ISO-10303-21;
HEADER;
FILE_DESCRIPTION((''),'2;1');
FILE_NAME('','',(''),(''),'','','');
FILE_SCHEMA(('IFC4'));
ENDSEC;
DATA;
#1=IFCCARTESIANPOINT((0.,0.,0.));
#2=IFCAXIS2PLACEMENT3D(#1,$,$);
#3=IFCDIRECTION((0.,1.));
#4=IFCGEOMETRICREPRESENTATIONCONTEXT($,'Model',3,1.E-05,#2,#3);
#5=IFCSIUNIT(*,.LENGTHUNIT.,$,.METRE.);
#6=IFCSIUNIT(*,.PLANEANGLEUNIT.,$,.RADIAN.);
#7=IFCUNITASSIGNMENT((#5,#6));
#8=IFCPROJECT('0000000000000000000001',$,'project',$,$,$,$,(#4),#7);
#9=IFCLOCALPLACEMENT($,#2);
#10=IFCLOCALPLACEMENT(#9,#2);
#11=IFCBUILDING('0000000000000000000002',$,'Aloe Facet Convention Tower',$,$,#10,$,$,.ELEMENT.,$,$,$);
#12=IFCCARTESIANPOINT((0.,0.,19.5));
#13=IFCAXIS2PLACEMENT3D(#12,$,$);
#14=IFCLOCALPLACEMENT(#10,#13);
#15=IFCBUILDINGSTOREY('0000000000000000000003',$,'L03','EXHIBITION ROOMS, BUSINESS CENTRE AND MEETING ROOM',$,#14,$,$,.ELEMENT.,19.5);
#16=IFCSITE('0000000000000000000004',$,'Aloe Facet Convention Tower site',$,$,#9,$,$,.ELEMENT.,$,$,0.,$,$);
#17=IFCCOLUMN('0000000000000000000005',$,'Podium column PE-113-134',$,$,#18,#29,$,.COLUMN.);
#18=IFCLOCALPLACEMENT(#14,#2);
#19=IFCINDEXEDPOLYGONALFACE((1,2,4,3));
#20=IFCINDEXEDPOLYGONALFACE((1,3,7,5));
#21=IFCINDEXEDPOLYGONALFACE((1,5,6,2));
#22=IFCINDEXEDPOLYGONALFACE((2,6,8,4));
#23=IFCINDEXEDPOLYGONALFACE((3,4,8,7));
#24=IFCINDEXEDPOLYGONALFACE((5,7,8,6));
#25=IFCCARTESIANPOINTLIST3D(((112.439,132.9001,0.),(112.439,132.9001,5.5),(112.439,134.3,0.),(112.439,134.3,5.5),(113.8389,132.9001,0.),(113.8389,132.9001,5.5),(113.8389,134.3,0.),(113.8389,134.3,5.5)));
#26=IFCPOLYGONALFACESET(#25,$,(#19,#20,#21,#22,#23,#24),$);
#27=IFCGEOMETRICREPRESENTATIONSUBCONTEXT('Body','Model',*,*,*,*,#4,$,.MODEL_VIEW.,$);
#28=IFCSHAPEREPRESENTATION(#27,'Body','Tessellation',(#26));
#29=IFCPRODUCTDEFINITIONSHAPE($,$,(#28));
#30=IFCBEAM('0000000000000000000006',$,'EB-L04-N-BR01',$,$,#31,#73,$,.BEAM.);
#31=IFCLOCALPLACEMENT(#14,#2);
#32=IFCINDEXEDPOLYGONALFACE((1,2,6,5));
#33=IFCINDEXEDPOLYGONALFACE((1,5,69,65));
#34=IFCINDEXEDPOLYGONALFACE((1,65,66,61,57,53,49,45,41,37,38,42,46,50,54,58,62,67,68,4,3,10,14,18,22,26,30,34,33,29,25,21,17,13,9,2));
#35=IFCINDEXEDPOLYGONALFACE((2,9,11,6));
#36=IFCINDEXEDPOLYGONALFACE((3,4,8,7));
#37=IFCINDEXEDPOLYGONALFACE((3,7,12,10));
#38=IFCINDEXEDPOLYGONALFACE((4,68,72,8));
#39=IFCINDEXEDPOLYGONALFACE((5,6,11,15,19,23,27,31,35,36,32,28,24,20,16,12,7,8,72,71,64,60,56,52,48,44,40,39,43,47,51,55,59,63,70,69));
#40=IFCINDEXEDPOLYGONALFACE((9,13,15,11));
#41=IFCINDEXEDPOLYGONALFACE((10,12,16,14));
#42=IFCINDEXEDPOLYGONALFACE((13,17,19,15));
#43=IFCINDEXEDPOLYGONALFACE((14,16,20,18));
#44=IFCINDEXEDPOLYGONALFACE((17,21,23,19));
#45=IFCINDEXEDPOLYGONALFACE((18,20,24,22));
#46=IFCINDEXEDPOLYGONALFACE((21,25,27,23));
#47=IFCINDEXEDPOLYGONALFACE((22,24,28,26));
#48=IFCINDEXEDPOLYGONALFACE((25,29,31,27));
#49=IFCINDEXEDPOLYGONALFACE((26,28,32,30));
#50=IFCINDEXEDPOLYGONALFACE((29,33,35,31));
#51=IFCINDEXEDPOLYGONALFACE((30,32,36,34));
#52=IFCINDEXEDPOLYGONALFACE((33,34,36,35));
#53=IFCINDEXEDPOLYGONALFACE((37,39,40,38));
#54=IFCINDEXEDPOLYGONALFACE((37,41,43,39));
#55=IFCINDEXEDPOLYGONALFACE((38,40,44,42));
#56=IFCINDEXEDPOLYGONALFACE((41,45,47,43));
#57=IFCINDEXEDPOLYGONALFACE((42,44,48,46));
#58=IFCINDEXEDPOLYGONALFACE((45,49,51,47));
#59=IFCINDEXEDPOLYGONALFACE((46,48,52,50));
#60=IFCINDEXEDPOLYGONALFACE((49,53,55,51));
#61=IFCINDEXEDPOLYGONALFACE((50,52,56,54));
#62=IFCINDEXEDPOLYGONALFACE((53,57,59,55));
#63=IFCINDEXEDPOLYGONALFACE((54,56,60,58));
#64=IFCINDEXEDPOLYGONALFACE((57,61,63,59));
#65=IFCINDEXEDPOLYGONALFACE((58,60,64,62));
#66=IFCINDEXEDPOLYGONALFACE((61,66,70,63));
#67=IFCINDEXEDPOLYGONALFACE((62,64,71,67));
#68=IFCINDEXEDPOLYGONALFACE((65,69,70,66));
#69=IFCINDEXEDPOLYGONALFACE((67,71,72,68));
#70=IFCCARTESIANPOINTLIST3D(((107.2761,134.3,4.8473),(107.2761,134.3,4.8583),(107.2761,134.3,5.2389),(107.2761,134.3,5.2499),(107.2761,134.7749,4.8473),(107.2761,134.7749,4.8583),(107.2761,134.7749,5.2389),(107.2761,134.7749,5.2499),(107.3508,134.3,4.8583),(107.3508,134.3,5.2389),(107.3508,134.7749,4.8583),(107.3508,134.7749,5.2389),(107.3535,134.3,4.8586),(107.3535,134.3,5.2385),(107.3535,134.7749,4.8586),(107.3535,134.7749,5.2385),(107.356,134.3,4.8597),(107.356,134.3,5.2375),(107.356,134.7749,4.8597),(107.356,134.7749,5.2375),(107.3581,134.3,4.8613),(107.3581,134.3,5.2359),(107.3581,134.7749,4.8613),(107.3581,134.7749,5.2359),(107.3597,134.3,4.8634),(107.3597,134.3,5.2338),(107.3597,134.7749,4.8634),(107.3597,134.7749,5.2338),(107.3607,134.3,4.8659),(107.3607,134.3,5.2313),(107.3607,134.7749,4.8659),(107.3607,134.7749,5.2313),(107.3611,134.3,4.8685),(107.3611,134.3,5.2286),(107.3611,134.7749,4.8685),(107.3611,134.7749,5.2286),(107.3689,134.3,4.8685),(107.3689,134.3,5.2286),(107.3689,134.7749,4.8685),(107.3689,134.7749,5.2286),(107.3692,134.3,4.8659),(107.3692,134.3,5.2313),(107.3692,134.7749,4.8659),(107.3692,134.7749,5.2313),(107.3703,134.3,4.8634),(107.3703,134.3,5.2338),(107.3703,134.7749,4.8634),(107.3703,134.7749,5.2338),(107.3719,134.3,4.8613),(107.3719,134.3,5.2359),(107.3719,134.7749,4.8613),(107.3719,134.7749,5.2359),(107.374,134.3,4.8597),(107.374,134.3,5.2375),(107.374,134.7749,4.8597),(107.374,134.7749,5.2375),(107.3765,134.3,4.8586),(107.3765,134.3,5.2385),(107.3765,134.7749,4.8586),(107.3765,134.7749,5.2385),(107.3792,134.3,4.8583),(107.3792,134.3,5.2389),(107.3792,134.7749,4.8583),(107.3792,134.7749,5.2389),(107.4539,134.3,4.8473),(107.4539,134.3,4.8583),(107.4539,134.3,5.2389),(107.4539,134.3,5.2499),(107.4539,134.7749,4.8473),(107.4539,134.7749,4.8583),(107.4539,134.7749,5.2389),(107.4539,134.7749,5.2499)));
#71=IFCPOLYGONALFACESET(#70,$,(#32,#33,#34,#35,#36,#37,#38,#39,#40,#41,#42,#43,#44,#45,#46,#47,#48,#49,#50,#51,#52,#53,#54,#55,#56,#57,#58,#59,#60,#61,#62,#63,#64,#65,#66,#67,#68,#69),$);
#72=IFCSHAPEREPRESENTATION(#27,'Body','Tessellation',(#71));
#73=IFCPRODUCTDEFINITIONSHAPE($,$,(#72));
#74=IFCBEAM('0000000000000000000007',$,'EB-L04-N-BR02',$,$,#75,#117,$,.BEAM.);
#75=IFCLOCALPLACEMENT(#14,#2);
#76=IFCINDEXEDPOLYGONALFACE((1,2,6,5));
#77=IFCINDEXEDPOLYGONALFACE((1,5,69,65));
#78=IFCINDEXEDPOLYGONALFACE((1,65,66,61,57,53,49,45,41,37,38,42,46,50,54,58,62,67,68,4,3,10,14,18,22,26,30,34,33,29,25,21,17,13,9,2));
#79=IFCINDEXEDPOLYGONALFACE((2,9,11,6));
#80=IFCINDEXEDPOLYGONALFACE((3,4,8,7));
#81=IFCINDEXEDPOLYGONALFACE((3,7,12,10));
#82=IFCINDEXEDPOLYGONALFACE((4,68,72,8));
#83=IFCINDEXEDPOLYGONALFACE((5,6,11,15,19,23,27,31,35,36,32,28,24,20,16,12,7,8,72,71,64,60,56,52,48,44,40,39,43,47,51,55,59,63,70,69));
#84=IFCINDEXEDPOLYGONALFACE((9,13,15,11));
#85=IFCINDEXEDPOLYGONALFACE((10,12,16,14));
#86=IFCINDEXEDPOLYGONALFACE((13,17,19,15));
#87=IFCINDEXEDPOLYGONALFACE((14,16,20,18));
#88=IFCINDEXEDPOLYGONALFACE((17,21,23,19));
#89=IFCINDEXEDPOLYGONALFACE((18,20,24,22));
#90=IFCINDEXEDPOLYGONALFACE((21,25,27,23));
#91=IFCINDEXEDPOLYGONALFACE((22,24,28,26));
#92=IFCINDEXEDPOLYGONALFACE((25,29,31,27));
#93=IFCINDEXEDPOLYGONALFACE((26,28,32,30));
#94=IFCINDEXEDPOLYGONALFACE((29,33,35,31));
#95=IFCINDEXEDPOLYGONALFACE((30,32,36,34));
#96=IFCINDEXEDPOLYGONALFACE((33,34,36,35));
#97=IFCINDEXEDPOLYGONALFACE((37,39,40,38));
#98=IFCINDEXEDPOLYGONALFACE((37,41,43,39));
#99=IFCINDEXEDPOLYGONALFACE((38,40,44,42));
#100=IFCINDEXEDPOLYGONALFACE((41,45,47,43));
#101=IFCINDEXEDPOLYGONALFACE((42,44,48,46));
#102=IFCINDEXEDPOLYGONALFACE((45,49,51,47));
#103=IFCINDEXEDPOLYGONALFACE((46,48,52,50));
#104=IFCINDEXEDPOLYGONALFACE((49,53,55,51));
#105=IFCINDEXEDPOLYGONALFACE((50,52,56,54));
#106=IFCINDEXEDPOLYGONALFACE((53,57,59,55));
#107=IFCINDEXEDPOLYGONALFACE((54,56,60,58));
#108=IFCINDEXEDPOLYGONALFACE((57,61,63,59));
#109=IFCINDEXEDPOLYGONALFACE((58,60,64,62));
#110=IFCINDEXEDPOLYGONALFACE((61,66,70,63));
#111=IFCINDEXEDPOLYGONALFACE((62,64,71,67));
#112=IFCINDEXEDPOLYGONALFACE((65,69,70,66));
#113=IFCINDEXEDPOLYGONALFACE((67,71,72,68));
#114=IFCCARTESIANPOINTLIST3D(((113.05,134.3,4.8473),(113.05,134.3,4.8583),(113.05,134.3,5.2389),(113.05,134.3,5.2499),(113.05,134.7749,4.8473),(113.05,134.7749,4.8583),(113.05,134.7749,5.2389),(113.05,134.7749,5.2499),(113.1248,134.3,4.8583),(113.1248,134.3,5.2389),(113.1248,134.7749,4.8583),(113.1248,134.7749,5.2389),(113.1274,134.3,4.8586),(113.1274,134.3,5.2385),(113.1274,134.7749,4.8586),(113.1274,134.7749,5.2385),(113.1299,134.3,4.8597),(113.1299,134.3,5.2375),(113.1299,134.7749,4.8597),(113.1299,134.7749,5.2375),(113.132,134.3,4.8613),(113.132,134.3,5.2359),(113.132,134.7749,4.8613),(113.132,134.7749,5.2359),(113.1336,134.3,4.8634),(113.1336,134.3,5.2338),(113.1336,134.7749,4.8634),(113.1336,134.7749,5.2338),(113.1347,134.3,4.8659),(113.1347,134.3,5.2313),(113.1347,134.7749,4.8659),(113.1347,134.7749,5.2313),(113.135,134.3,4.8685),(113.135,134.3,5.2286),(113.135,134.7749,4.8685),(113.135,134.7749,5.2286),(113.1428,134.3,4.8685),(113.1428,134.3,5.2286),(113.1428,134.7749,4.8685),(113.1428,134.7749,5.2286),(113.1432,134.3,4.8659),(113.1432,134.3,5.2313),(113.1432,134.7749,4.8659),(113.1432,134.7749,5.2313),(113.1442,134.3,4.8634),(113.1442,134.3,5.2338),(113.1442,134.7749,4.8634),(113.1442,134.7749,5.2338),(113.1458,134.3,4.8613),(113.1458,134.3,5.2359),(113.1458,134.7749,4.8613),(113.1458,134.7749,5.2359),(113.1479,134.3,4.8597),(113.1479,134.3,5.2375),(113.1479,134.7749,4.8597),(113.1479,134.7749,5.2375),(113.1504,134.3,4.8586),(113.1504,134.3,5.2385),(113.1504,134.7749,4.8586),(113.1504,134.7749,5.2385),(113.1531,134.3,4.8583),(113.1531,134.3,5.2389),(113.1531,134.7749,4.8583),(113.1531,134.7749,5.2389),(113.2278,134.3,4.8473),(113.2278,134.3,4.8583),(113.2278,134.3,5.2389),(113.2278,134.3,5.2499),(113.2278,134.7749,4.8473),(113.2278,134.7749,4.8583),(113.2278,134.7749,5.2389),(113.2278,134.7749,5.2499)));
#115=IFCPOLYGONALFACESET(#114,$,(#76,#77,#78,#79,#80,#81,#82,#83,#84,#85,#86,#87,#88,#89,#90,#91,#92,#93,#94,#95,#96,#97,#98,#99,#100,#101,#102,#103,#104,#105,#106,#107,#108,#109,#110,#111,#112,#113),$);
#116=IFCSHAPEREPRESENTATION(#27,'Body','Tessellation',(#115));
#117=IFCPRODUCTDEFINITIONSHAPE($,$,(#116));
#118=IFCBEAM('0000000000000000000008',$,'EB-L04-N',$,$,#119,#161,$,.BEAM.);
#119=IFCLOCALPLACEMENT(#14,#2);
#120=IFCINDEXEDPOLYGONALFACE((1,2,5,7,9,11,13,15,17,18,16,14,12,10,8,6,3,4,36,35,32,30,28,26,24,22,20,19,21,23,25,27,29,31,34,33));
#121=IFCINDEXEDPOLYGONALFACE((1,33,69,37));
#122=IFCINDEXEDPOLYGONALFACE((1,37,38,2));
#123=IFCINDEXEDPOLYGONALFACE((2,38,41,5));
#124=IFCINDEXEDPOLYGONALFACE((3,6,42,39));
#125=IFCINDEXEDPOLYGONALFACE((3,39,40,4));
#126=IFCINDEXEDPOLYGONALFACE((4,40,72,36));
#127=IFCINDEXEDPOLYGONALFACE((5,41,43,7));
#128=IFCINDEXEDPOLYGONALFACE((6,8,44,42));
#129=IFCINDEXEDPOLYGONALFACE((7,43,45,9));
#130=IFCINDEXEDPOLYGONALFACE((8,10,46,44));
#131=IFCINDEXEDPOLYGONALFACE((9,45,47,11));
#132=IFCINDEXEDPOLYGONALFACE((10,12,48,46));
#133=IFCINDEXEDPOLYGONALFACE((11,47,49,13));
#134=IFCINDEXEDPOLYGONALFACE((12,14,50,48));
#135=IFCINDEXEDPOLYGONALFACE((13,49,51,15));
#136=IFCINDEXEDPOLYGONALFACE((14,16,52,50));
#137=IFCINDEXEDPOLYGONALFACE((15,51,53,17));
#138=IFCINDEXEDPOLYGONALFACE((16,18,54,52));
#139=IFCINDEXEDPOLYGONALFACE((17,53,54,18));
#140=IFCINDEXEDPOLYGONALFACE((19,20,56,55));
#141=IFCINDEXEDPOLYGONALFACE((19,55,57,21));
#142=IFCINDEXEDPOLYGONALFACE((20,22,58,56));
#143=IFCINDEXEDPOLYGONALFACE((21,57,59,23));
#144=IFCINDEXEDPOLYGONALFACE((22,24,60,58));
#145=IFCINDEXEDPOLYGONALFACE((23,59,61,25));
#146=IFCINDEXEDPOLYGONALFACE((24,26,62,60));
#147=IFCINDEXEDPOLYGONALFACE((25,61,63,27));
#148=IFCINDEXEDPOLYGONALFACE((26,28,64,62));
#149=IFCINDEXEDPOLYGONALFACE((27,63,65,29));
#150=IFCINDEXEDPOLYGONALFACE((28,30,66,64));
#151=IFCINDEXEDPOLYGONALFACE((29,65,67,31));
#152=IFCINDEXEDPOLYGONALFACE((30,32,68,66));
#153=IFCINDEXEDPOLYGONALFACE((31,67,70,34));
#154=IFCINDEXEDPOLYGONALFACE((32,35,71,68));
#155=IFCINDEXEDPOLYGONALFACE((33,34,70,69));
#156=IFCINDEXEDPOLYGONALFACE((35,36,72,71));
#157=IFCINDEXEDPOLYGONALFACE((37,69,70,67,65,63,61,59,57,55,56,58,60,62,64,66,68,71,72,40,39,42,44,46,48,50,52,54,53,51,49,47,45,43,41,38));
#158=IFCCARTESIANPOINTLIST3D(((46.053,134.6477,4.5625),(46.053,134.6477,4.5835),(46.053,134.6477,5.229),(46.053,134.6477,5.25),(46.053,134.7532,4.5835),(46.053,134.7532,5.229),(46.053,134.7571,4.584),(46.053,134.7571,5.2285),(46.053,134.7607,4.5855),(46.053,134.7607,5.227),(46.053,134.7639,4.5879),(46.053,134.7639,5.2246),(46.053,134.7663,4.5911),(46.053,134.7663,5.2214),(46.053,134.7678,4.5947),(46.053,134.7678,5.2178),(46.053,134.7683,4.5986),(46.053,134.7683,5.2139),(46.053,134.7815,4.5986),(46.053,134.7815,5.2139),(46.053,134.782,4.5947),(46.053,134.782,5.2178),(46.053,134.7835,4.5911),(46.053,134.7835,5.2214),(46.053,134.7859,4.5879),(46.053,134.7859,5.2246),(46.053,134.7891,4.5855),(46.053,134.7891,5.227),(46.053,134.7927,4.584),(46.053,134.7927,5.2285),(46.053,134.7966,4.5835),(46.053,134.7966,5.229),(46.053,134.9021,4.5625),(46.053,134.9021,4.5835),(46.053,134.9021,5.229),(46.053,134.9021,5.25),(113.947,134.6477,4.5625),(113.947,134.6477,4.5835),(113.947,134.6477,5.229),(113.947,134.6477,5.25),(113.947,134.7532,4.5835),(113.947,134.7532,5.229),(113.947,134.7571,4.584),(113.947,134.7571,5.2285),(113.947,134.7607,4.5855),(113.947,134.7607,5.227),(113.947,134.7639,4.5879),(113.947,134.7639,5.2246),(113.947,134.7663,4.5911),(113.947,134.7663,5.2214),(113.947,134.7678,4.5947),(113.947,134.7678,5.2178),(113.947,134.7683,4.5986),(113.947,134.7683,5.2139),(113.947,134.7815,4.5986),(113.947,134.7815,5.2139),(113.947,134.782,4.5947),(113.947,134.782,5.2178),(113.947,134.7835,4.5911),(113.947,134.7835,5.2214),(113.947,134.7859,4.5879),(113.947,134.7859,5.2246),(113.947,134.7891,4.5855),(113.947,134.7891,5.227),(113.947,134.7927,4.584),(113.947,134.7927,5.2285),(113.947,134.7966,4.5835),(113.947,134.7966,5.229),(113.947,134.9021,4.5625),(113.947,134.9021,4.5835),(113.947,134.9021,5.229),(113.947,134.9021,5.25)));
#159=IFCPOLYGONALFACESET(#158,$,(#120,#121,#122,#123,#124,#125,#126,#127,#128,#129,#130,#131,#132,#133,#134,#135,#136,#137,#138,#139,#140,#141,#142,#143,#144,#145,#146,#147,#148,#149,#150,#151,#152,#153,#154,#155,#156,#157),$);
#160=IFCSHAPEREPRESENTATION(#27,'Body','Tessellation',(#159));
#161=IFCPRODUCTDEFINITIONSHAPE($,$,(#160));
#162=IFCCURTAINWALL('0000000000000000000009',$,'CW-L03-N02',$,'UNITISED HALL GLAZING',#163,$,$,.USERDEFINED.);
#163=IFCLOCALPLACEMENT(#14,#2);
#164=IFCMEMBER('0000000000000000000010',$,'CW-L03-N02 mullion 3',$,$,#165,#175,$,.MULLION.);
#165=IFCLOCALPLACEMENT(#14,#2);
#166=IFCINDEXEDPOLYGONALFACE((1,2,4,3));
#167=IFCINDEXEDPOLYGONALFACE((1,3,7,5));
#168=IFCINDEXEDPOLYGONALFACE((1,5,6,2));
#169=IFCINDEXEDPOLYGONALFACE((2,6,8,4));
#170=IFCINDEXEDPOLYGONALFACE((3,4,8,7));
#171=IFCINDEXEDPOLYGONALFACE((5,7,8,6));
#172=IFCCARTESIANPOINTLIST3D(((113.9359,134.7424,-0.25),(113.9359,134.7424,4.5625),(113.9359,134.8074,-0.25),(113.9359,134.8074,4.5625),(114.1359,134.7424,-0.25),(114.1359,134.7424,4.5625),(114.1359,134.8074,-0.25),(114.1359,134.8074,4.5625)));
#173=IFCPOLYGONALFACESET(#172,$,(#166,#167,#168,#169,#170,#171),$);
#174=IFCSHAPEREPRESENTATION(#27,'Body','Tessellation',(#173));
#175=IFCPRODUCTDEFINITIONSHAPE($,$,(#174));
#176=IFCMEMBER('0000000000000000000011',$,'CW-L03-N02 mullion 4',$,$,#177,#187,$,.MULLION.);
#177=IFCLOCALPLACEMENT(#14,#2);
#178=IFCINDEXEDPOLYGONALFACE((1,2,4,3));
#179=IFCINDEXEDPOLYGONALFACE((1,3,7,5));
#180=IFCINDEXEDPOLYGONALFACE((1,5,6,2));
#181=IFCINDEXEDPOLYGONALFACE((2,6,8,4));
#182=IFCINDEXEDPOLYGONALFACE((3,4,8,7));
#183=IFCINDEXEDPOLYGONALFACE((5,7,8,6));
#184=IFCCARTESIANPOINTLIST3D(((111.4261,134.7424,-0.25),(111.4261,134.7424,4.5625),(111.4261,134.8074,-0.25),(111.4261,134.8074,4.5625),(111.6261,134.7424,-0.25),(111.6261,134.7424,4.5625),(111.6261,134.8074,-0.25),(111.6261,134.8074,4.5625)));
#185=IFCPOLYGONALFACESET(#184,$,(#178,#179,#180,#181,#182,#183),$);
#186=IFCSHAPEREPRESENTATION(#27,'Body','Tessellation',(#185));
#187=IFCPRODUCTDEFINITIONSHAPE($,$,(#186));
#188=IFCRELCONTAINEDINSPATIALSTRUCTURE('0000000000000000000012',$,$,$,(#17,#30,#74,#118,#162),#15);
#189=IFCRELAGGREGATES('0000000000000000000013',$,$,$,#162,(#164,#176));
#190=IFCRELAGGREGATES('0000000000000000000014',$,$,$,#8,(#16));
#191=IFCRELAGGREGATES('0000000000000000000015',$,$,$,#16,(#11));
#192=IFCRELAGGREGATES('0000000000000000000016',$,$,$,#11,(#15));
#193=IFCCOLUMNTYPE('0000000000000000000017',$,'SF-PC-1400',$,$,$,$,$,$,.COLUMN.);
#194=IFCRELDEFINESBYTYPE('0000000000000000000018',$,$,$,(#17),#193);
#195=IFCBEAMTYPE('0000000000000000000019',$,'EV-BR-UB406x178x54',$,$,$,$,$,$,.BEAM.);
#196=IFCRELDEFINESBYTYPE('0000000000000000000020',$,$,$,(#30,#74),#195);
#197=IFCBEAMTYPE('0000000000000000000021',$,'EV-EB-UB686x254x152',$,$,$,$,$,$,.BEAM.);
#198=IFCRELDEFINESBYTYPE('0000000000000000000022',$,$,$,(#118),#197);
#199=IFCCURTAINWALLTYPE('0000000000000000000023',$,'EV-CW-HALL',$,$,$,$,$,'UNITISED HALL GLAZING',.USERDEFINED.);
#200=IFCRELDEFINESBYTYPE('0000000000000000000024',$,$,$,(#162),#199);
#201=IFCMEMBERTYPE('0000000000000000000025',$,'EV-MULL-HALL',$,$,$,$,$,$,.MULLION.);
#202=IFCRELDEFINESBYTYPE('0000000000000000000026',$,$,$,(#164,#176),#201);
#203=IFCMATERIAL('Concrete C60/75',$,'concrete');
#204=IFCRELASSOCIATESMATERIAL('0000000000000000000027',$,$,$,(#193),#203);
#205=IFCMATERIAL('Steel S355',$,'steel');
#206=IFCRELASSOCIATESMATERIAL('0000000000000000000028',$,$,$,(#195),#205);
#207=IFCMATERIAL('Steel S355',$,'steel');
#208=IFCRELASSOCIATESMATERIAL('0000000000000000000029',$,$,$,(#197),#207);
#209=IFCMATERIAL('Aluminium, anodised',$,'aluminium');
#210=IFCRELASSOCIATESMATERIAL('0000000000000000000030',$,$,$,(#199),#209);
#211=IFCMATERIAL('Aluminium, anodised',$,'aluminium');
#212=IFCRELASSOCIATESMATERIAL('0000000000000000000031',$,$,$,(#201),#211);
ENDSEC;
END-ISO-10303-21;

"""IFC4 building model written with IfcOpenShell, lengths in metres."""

from ifc_helpers import new_model, si_unit, direction, frame, origin, origin_2d, place, context, subcontext, project, spatial, rectangle, i_section, extrude, material, material_profile, profile_set, type_object, element, aggregate, save


model = new_model("IFC4")

# Units and contexts
model_context = context("Model", 3, precision=1e-05, world=origin(), true_north=direction((0.0, 1.0)))
body_context = subcontext(model_context, "Body", "Model", "MODEL_VIEW")
ifc_project = project(units=[si_unit("LENGTHUNIT", "METRE"), si_unit("PLANEANGLEUNIT", "RADIAN")], contexts=[model_context])

# Site, building, storey
site_placement = place(None, origin())
site = spatial("IfcSite", under=ifc_project, at=site_placement, Name="Aloe Facet Convention Tower site", CompositionType="ELEMENT", RefElevation=0.0)
building_placement = place(site_placement, origin())
building = spatial("IfcBuilding", under=site, at=building_placement, Name="Aloe Facet Convention Tower", CompositionType="ELEMENT")
storey_placement = place(building_placement, frame((0.0, 0.0, 19.5)))
storey = spatial("IfcBuildingStorey", under=building, at=storey_placement, Name="L03", Description="EXHIBITION ROOMS, BUSINESS CENTRE AND MEETING ROOM", CompositionType="ELEMENT", Elevation=19.5)

# Column
ifc_material_1 = material(Name="Concrete C60/75", Category="concrete")
ifc_material_profile_1 = material_profile(ifc_material_1, rectangle(XDim=1.3999, YDim=1.3999, at=origin_2d()), Name="SF-PC-1400")
ifc_profile_set_1 = profile_set([ifc_material_profile_1], Name="Concrete C60/75")
column_type = type_object("IfcColumnType", Name="SF-PC-1400", PredefinedType="COLUMN", material=ifc_profile_set_1)
column_placement = place(storey_placement, frame((113.1389, 133.6001, 0.0), z_axis=(0.0, 0.0, 1.0), x_axis=(1.0, 0.0, 0.0)))
element("IfcColumn", 1, at=column_placement, inside=storey, type_object=column_type, Name="Podium column PE-113-134", PredefinedType="COLUMN", context=body_context, shape_type="SweptSolid", body=[
    extrude(rectangle(XDim=1.3999, YDim=1.3999, at=origin_2d()), origin(), (0.0, 0.0, 1.0), 5.5),
])

# Beams
ifc_material_2 = material(Name="Steel S355", Category="steel")
ifc_material_profile_2 = material_profile(ifc_material_2, i_section(OverallWidth=0.1777, OverallDepth=0.4026, WebThickness=0.0078, FlangeThickness=0.011, FilletRadius=0.0103, at=origin_2d()), Name="UB 406x178x54")
ifc_profile_set_2 = profile_set([ifc_material_profile_2], Name="Steel S355")
beam_type_1 = type_object("IfcBeamType", Name="EV-BR-UB406x178x54", PredefinedType="BEAM", material=ifc_profile_set_2)
for number, where, z_axis, x_axis, name in (
    (2, (107.365, 134.3, 5.0486), (0.0, 1.0, 0.0), (-1.0, 0.0, 0.0), "EB-L04-N-BR01"),
    (3, (113.1389, 134.3, 5.0486), (0.0, 1.0, 0.0), (-1.0, 0.0, 0.0), "EB-L04-N-BR02"),
):
    element("IfcBeam", number, at=place(storey_placement, frame(where, z_axis=z_axis, x_axis=x_axis)), inside=storey, type_object=beam_type_1, Name=name, PredefinedType="BEAM", context=body_context, shape_type="SweptSolid", body=[
        extrude(i_section(OverallWidth=0.1777, OverallDepth=0.4026, WebThickness=0.0078, FlangeThickness=0.011, FilletRadius=0.0103, at=origin_2d()), origin(), (0.0, 0.0, 1.0), 0.4749),
    ])
ifc_material_3 = material(Name="Steel S355", Category="steel")
ifc_material_profile_3 = material_profile(ifc_material_3, i_section(OverallWidth=0.2544, OverallDepth=0.6875, WebThickness=0.0132, FlangeThickness=0.021, FilletRadius=0.0151, at=origin_2d()), Name="UB 686x254x152")
ifc_profile_set_3 = profile_set([ifc_material_profile_3], Name="Steel S355")
beam_type_2 = type_object("IfcBeamType", Name="EV-EB-UB686x254x152", PredefinedType="BEAM", material=ifc_profile_set_3)
beam_1_placement = place(storey_placement, frame((113.947, 134.7749, 4.9062), z_axis=(-1.0, 0.0, 0.0), x_axis=(0.0, -1.0, 0.0)))
element("IfcBeam", 4, at=beam_1_placement, inside=storey, type_object=beam_type_2, Name="EB-L04-N", PredefinedType="BEAM", context=body_context, shape_type="SweptSolid", body=[
    extrude(i_section(OverallWidth=0.2544, OverallDepth=0.6875, WebThickness=0.0132, FlangeThickness=0.021, FilletRadius=0.0151, at=origin_2d()), origin(), (0.0, 0.0, 1.0), 67.894),
])

# Curtain wall, members
ifc_material_4 = material(Name="Aluminium, anodised", Category="aluminium")
curtain_wall_type = type_object("IfcCurtainWallType", Name="EV-CW-HALL", ElementType="UNITISED HALL GLAZING", PredefinedType="USERDEFINED", material=ifc_material_4)
curtain_wall_1_placement = place(storey_placement, origin())
curtain_wall_1 = element("IfcCurtainWall", 5, at=curtain_wall_1_placement, inside=storey, type_object=curtain_wall_type, Name="CW-L03-N02", ObjectType="UNITISED HALL GLAZING", PredefinedType="USERDEFINED")
ifc_material_5 = material(Name="Aluminium, anodised", Category="aluminium")
ifc_material_profile_4 = material_profile(ifc_material_5, rectangle(XDim=0.0649, YDim=0.2, at=origin_2d()), Name="AL 65x200")
ifc_profile_set_4 = profile_set([ifc_material_profile_4], Name="Aluminium, anodised")
member_type_1 = type_object("IfcMemberType", Name="EV-MULL-HALL", PredefinedType="MULLION", material=ifc_profile_set_4)
member_1_placement = place(storey_placement, frame((114.0359, 134.7749, -0.25), z_axis=(0.0, 0.0, 1.0), x_axis=(0.0, -1.0, 0.0)))
member_1 = element("IfcMember", 6, at=member_1_placement, type_object=member_type_1, Name="CW-L03-N02 mullion 3", PredefinedType="MULLION", context=body_context, shape_type="SweptSolid", body=[
    extrude(rectangle(XDim=0.0649, YDim=0.2, at=origin_2d()), origin(), (0.0, 0.0, 1.0), 4.8125),
])
member_2_placement = place(storey_placement, frame((111.5261, 134.7749, -0.25), z_axis=(0.0, 0.0, 1.0), x_axis=(0.0, -1.0, 0.0)))
member_2 = element("IfcMember", 7, at=member_2_placement, type_object=member_type_1, Name="CW-L03-N02 mullion 4", PredefinedType="MULLION", context=body_context, shape_type="SweptSolid", body=[
    extrude(rectangle(XDim=0.0649, YDim=0.2, at=origin_2d()), origin(), (0.0, 0.0, 1.0), 4.8125),
])

aggregate(curtain_wall_1, [member_1, member_2])

save(model, "model.ifc")
